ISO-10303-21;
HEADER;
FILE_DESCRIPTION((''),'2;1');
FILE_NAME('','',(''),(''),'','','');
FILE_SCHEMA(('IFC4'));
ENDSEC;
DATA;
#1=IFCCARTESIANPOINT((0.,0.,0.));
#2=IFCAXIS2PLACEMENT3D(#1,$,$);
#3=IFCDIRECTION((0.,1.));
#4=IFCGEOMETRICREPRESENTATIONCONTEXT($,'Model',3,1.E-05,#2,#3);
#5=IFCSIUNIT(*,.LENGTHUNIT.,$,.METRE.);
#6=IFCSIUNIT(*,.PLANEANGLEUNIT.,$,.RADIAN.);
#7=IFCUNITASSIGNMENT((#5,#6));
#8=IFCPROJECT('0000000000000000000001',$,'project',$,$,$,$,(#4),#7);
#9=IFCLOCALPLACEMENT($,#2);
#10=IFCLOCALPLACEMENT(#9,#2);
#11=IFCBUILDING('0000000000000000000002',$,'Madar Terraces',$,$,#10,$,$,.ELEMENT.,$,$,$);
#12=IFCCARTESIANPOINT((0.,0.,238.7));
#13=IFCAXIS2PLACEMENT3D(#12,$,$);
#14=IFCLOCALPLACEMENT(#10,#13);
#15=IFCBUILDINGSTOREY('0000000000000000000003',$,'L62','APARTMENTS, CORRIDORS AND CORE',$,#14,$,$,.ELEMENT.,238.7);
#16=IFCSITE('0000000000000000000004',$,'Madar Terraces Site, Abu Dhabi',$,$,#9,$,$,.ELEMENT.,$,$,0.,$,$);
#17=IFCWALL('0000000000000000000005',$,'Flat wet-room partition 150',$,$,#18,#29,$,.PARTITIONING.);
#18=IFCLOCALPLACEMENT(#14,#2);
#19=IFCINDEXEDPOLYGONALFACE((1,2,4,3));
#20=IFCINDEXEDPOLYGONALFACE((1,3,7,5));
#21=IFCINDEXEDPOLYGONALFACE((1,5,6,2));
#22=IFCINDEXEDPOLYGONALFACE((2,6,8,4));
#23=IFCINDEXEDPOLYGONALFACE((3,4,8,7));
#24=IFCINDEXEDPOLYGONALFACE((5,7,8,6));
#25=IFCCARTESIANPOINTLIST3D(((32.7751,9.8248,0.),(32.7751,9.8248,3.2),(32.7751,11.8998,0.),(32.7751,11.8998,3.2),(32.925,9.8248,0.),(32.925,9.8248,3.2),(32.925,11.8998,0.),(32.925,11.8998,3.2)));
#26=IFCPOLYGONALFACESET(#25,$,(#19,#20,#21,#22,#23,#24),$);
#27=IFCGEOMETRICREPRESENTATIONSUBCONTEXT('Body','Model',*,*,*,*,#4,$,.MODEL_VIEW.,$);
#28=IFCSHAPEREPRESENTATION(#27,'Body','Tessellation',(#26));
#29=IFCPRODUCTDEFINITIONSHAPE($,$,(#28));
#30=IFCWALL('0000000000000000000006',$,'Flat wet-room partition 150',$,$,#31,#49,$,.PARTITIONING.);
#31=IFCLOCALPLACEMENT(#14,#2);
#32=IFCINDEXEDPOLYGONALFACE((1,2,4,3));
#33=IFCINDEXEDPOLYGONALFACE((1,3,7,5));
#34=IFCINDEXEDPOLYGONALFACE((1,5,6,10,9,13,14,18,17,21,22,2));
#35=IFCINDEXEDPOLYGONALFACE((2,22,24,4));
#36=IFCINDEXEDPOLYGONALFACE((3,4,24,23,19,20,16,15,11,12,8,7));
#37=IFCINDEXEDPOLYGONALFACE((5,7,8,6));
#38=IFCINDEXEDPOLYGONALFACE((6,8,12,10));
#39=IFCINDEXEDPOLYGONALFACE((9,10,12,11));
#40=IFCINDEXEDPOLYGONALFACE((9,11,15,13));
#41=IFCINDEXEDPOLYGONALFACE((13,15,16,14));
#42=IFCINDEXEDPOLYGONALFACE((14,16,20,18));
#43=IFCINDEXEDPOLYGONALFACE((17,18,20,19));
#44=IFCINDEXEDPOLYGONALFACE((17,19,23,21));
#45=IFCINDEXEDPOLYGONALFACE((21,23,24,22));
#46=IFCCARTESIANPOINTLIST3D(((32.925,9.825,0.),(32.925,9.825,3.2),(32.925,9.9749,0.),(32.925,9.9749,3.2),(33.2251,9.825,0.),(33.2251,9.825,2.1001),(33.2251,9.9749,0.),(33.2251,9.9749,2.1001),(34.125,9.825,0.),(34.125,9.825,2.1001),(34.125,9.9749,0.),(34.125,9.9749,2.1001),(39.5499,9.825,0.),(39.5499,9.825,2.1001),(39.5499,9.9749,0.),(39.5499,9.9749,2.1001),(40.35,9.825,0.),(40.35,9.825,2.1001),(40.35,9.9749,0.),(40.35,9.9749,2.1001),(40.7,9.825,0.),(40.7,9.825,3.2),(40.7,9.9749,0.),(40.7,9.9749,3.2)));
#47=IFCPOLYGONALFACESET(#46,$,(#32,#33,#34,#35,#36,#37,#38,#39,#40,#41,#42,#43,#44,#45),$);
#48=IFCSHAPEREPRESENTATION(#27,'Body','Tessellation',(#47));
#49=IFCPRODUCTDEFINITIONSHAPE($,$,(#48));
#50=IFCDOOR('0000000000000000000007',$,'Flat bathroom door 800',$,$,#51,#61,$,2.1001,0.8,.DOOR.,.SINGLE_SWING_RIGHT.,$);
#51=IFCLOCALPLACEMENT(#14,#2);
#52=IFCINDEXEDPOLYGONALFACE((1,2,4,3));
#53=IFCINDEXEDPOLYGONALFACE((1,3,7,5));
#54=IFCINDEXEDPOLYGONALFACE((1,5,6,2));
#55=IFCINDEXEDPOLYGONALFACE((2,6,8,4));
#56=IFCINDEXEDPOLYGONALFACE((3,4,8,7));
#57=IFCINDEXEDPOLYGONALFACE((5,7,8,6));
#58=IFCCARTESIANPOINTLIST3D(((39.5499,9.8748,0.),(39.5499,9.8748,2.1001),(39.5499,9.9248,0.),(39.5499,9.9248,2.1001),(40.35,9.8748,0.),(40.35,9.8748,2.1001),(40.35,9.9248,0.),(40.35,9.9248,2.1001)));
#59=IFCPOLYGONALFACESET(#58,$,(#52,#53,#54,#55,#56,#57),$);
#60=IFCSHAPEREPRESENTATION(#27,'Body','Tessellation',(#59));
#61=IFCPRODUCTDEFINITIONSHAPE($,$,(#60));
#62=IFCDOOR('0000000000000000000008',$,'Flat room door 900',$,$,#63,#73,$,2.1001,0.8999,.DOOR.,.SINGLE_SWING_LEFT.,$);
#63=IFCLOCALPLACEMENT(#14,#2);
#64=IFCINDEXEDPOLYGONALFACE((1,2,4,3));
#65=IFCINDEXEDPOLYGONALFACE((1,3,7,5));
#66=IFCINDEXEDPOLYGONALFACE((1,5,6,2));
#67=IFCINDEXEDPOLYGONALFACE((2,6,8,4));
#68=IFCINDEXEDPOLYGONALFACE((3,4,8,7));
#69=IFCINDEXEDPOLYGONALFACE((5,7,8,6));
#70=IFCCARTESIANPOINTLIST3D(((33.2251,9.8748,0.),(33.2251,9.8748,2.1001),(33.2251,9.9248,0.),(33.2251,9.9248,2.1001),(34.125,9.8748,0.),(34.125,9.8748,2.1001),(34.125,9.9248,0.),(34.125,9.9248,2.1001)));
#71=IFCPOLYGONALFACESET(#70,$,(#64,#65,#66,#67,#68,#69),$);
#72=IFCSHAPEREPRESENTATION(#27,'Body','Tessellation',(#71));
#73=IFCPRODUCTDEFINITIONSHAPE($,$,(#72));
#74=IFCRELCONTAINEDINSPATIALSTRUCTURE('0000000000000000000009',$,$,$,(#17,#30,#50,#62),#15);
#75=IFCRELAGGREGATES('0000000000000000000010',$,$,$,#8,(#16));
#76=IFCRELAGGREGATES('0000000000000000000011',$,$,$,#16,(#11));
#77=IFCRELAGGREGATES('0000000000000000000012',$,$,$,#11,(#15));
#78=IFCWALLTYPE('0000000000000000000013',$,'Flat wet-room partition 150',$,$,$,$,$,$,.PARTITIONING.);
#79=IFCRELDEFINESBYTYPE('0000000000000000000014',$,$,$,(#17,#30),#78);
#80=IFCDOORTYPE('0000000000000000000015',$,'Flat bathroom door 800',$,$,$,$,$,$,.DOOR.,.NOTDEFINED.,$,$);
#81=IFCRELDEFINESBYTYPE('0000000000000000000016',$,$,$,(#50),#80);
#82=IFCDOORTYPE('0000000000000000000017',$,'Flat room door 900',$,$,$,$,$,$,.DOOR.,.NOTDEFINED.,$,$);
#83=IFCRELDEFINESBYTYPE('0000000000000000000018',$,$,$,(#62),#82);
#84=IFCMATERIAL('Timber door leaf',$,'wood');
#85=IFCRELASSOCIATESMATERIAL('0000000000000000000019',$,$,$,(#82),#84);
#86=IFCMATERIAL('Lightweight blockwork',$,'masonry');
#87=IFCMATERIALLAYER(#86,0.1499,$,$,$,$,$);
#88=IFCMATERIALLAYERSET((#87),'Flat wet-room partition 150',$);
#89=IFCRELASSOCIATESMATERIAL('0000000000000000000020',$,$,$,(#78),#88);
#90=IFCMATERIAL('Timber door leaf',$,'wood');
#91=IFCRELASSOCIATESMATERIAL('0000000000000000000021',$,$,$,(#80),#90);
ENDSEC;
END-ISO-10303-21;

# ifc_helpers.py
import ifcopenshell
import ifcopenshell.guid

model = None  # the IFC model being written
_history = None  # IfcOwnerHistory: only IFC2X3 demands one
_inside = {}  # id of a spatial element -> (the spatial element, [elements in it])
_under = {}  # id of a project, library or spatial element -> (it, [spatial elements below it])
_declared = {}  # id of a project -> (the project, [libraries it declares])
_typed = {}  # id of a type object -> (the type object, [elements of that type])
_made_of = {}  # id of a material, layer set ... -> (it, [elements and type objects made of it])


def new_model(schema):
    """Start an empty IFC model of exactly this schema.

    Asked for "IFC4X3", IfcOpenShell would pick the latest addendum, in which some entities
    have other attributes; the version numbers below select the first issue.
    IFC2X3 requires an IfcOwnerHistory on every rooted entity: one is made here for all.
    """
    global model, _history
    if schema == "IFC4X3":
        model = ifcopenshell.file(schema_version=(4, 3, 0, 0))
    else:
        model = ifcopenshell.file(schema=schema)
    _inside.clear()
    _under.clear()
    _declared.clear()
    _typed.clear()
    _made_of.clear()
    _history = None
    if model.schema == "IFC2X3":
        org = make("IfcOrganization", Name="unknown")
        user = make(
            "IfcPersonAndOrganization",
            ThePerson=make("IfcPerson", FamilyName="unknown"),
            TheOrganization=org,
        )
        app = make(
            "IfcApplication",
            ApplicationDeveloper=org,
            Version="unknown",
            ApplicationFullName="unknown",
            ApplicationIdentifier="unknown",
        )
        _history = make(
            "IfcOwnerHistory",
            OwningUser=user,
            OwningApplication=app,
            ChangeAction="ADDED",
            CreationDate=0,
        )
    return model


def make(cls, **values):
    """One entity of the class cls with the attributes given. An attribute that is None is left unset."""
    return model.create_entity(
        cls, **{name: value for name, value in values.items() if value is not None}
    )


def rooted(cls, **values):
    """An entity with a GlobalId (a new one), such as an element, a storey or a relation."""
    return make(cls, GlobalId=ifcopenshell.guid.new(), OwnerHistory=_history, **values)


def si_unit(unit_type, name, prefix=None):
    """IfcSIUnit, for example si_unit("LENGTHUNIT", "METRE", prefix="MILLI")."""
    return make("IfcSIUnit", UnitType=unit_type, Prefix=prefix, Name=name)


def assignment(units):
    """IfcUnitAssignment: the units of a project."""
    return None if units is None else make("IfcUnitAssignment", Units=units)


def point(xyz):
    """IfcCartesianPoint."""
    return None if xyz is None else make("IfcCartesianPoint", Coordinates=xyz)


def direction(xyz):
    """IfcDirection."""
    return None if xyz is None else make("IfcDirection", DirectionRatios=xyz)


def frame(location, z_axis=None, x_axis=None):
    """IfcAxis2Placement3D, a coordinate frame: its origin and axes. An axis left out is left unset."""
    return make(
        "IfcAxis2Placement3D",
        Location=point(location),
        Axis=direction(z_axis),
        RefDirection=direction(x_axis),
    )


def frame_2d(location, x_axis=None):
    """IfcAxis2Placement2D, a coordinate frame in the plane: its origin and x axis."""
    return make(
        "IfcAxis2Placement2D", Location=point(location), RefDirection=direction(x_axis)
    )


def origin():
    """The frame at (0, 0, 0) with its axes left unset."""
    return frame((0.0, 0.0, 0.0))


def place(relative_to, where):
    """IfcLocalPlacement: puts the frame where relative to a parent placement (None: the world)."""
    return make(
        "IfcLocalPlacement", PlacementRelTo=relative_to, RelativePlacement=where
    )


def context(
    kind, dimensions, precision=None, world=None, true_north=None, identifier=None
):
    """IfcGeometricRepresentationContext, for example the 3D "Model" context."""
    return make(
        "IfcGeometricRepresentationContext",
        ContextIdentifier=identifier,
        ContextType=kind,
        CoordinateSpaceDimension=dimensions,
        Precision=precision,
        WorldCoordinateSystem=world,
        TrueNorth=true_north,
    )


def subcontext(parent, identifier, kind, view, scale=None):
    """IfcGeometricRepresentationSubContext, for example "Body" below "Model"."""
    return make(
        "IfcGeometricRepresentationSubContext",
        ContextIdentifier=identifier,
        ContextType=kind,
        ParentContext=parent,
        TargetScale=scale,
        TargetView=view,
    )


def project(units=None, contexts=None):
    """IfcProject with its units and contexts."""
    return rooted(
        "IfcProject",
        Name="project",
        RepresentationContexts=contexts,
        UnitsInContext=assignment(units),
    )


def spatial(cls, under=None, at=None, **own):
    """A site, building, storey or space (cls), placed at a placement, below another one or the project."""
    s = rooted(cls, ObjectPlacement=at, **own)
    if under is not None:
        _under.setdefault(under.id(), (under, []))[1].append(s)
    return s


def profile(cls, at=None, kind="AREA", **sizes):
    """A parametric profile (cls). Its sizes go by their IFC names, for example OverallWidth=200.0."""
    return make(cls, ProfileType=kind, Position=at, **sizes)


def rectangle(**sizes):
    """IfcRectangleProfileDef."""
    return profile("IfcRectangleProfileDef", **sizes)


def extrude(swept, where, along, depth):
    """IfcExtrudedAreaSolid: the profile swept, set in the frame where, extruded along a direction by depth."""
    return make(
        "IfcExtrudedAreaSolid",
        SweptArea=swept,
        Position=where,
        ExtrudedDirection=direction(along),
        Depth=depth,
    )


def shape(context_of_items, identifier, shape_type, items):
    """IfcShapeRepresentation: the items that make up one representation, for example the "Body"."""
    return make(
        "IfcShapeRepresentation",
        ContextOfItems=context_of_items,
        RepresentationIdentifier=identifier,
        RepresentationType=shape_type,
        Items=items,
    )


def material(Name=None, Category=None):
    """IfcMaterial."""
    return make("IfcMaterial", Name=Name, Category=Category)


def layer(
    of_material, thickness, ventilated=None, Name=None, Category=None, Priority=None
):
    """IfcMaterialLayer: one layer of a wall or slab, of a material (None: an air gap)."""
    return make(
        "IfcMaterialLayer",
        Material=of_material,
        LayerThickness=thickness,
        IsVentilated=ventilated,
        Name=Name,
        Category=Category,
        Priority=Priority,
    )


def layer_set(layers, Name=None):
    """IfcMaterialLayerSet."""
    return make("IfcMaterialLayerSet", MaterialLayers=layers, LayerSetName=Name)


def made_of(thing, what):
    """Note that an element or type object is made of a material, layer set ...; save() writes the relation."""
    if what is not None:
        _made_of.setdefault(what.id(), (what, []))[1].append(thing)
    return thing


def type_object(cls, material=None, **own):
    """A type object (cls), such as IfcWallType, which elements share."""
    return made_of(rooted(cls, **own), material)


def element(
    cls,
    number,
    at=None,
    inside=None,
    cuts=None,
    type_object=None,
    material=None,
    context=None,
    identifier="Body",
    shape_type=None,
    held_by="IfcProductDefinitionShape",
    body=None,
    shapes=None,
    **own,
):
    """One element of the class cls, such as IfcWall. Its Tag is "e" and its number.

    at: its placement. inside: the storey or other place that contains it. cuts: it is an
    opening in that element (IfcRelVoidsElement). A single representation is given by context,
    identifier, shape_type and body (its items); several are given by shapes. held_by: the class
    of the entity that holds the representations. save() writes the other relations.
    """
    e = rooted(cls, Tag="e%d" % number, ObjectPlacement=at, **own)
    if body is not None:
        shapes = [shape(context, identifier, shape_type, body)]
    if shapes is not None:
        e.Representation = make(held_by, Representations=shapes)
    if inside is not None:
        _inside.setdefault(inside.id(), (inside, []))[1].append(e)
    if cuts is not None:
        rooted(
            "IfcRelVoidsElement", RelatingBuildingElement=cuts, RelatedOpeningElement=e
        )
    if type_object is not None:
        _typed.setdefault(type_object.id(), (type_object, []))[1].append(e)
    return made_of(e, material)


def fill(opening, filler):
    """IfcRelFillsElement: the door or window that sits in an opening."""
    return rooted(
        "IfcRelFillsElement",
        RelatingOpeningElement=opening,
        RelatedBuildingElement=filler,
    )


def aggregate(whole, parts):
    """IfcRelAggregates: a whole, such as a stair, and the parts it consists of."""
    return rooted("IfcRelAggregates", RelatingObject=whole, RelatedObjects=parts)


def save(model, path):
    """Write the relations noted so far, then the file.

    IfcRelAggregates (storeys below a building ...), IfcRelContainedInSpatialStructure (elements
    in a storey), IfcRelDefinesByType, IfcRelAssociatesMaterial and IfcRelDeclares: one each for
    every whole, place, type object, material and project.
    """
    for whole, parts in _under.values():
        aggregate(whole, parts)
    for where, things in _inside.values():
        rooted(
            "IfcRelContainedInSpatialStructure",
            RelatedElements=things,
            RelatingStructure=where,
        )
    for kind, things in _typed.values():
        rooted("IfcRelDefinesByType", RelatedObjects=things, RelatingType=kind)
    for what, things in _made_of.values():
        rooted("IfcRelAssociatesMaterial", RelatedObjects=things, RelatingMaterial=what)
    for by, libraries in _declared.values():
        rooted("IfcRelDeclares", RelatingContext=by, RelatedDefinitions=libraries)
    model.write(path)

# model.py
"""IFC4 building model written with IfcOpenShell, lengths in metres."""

from ifc_helpers import new_model, si_unit, direction, frame, frame_2d, origin, place, context, subcontext, project, spatial, rectangle, extrude, material, layer, layer_set, type_object, element, fill, save


model = new_model("IFC4")

# Units and contexts
model_context = context("Model", 3, precision=1e-05, world=origin(), true_north=direction((0.0, 1.0)))
body_context = subcontext(model_context, "Body", "Model", "MODEL_VIEW")
ifc_project = project(units=[si_unit("LENGTHUNIT", "METRE"), si_unit("PLANEANGLEUNIT", "RADIAN")], contexts=[model_context])

# Site, building, storey
site_placement = place(None, origin())
site = spatial("IfcSite", under=ifc_project, at=site_placement, Name="Madar Terraces Site, Abu Dhabi", CompositionType="ELEMENT", RefElevation=0.0)
building_placement = place(site_placement, origin())
building = spatial("IfcBuilding", under=site, at=building_placement, Name="Madar Terraces", CompositionType="ELEMENT")
storey_placement = place(building_placement, frame((0.0, 0.0, 238.7)))
storey = spatial("IfcBuildingStorey", under=building, at=storey_placement, Name="L62", Description="APARTMENTS, CORRIDORS AND CORE", CompositionType="ELEMENT", Elevation=238.7)

# Shared definitions
ifc_material_1 = material(Name="Timber door leaf", Category="wood")
door_type_1 = type_object("IfcDoorType", Name="Flat room door 900", OperationType="NOTDEFINED", PredefinedType="DOOR", material=ifc_material_1)

# Wall
ifc_material_2 = material(Name="Lightweight blockwork", Category="masonry")
ifc_layer_1 = layer(ifc_material_2, 0.1499)
ifc_layer_set_1 = layer_set([ifc_layer_1], Name="Flat wet-room partition 150")
wall_type_1 = type_object("IfcWallType", Name="Flat wet-room partition 150", PredefinedType="PARTITIONING", material=ifc_layer_set_1)
wall_1_placement = place(storey_placement, frame((32.8501, 11.8999, 0.0), z_axis=(0.0, 0.0, 1.0), x_axis=(0.0, -1.0, 0.0)))
element("IfcWall", 1, at=wall_1_placement, inside=storey, type_object=wall_type_1, Name="Flat wet-room partition 150", PredefinedType="PARTITIONING", context=body_context, shape_type="SweptSolid", body=[
    extrude(rectangle(XDim=2.075, YDim=0.1499, at=frame_2d((1.0376, 0.0))), origin(), (0.0, 0.0, 1.0), 3.2),
])

# Wall, openings, doors
wall_2_placement = place(storey_placement, frame((32.925, 9.8999, 0.0), z_axis=(0.0, 0.0, 1.0), x_axis=(1.0, 0.0, 0.0)))
wall_2 = element("IfcWall", 2, at=wall_2_placement, inside=storey, type_object=wall_type_1, Name="Flat wet-room partition 150", PredefinedType="PARTITIONING", context=body_context, shape_type="SweptSolid", body=[
    extrude(rectangle(XDim=7.7749, YDim=0.1499, at=frame_2d((3.8875, 0.0))), origin(), (0.0, 0.0, 1.0), 3.2),
])
opening_1_placement = place(wall_2_placement, frame((0.3, 0.0, 0.0)))
opening_1 = element("IfcOpeningElement", 3, at=opening_1_placement, cuts=wall_2, PredefinedType="OPENING", context=body_context, shape_type="SweptSolid", body=[
    extrude(rectangle(XDim=0.8999, YDim=2.1001, at=frame_2d((0.45, 1.05))), frame((0.0, 0.085, 0.0), z_axis=(0.0, -1.0, 0.0), x_axis=(1.0, 0.0, 0.0)), (0.0, 0.0, 1.0), 0.1699),
])
opening_2_placement = place(wall_2_placement, frame((6.625, 0.0, 0.0)))
opening_2 = element("IfcOpeningElement", 4, at=opening_2_placement, cuts=wall_2, PredefinedType="OPENING", context=body_context, shape_type="SweptSolid", body=[
    extrude(rectangle(XDim=0.8, YDim=2.1001, at=frame_2d((0.3999, 1.05))), frame((0.0, 0.085, 0.0), z_axis=(0.0, -1.0, 0.0), x_axis=(1.0, 0.0, 0.0)), (0.0, 0.0, 1.0), 0.1699),
])
ifc_material_3 = material(Name="Timber door leaf", Category="wood")
door_type_2 = type_object("IfcDoorType", Name="Flat bathroom door 800", OperationType="NOTDEFINED", PredefinedType="DOOR", material=ifc_material_3)
door_1_placement = place(opening_2_placement, origin())
door_1 = element("IfcDoor", 5, at=door_1_placement, inside=storey, type_object=door_type_2, Name="Flat bathroom door 800", OperationType="SINGLE_SWING_RIGHT", OverallHeight=2.1001, OverallWidth=0.8, PredefinedType="DOOR", context=body_context, shape_type="SweptSolid", body=[
    extrude(rectangle(XDim=0.8, YDim=2.1001, at=frame_2d((0.3999, 1.05))), frame((0.0, 0.0249, 0.0), z_axis=(0.0, -1.0, 0.0), x_axis=(1.0, 0.0, 0.0)), (0.0, 0.0, 1.0), 0.05),
])
fill(opening_2, door_1)
door_2_placement = place(opening_1_placement, origin())
door_2 = element("IfcDoor", 6, at=door_2_placement, inside=storey, type_object=door_type_1, Name="Flat room door 900", OperationType="SINGLE_SWING_LEFT", OverallHeight=2.1001, OverallWidth=0.8999, PredefinedType="DOOR", context=body_context, shape_type="SweptSolid", body=[
    extrude(rectangle(XDim=0.8999, YDim=2.1001, at=frame_2d((0.45, 1.05))), frame((0.0, 0.0249, 0.0), z_axis=(0.0, -1.0, 0.0), x_axis=(1.0, 0.0, 0.0)), (0.0, 0.0, 1.0), 0.05),
])
fill(opening_1, door_2)

save(model, "model.ifc")
